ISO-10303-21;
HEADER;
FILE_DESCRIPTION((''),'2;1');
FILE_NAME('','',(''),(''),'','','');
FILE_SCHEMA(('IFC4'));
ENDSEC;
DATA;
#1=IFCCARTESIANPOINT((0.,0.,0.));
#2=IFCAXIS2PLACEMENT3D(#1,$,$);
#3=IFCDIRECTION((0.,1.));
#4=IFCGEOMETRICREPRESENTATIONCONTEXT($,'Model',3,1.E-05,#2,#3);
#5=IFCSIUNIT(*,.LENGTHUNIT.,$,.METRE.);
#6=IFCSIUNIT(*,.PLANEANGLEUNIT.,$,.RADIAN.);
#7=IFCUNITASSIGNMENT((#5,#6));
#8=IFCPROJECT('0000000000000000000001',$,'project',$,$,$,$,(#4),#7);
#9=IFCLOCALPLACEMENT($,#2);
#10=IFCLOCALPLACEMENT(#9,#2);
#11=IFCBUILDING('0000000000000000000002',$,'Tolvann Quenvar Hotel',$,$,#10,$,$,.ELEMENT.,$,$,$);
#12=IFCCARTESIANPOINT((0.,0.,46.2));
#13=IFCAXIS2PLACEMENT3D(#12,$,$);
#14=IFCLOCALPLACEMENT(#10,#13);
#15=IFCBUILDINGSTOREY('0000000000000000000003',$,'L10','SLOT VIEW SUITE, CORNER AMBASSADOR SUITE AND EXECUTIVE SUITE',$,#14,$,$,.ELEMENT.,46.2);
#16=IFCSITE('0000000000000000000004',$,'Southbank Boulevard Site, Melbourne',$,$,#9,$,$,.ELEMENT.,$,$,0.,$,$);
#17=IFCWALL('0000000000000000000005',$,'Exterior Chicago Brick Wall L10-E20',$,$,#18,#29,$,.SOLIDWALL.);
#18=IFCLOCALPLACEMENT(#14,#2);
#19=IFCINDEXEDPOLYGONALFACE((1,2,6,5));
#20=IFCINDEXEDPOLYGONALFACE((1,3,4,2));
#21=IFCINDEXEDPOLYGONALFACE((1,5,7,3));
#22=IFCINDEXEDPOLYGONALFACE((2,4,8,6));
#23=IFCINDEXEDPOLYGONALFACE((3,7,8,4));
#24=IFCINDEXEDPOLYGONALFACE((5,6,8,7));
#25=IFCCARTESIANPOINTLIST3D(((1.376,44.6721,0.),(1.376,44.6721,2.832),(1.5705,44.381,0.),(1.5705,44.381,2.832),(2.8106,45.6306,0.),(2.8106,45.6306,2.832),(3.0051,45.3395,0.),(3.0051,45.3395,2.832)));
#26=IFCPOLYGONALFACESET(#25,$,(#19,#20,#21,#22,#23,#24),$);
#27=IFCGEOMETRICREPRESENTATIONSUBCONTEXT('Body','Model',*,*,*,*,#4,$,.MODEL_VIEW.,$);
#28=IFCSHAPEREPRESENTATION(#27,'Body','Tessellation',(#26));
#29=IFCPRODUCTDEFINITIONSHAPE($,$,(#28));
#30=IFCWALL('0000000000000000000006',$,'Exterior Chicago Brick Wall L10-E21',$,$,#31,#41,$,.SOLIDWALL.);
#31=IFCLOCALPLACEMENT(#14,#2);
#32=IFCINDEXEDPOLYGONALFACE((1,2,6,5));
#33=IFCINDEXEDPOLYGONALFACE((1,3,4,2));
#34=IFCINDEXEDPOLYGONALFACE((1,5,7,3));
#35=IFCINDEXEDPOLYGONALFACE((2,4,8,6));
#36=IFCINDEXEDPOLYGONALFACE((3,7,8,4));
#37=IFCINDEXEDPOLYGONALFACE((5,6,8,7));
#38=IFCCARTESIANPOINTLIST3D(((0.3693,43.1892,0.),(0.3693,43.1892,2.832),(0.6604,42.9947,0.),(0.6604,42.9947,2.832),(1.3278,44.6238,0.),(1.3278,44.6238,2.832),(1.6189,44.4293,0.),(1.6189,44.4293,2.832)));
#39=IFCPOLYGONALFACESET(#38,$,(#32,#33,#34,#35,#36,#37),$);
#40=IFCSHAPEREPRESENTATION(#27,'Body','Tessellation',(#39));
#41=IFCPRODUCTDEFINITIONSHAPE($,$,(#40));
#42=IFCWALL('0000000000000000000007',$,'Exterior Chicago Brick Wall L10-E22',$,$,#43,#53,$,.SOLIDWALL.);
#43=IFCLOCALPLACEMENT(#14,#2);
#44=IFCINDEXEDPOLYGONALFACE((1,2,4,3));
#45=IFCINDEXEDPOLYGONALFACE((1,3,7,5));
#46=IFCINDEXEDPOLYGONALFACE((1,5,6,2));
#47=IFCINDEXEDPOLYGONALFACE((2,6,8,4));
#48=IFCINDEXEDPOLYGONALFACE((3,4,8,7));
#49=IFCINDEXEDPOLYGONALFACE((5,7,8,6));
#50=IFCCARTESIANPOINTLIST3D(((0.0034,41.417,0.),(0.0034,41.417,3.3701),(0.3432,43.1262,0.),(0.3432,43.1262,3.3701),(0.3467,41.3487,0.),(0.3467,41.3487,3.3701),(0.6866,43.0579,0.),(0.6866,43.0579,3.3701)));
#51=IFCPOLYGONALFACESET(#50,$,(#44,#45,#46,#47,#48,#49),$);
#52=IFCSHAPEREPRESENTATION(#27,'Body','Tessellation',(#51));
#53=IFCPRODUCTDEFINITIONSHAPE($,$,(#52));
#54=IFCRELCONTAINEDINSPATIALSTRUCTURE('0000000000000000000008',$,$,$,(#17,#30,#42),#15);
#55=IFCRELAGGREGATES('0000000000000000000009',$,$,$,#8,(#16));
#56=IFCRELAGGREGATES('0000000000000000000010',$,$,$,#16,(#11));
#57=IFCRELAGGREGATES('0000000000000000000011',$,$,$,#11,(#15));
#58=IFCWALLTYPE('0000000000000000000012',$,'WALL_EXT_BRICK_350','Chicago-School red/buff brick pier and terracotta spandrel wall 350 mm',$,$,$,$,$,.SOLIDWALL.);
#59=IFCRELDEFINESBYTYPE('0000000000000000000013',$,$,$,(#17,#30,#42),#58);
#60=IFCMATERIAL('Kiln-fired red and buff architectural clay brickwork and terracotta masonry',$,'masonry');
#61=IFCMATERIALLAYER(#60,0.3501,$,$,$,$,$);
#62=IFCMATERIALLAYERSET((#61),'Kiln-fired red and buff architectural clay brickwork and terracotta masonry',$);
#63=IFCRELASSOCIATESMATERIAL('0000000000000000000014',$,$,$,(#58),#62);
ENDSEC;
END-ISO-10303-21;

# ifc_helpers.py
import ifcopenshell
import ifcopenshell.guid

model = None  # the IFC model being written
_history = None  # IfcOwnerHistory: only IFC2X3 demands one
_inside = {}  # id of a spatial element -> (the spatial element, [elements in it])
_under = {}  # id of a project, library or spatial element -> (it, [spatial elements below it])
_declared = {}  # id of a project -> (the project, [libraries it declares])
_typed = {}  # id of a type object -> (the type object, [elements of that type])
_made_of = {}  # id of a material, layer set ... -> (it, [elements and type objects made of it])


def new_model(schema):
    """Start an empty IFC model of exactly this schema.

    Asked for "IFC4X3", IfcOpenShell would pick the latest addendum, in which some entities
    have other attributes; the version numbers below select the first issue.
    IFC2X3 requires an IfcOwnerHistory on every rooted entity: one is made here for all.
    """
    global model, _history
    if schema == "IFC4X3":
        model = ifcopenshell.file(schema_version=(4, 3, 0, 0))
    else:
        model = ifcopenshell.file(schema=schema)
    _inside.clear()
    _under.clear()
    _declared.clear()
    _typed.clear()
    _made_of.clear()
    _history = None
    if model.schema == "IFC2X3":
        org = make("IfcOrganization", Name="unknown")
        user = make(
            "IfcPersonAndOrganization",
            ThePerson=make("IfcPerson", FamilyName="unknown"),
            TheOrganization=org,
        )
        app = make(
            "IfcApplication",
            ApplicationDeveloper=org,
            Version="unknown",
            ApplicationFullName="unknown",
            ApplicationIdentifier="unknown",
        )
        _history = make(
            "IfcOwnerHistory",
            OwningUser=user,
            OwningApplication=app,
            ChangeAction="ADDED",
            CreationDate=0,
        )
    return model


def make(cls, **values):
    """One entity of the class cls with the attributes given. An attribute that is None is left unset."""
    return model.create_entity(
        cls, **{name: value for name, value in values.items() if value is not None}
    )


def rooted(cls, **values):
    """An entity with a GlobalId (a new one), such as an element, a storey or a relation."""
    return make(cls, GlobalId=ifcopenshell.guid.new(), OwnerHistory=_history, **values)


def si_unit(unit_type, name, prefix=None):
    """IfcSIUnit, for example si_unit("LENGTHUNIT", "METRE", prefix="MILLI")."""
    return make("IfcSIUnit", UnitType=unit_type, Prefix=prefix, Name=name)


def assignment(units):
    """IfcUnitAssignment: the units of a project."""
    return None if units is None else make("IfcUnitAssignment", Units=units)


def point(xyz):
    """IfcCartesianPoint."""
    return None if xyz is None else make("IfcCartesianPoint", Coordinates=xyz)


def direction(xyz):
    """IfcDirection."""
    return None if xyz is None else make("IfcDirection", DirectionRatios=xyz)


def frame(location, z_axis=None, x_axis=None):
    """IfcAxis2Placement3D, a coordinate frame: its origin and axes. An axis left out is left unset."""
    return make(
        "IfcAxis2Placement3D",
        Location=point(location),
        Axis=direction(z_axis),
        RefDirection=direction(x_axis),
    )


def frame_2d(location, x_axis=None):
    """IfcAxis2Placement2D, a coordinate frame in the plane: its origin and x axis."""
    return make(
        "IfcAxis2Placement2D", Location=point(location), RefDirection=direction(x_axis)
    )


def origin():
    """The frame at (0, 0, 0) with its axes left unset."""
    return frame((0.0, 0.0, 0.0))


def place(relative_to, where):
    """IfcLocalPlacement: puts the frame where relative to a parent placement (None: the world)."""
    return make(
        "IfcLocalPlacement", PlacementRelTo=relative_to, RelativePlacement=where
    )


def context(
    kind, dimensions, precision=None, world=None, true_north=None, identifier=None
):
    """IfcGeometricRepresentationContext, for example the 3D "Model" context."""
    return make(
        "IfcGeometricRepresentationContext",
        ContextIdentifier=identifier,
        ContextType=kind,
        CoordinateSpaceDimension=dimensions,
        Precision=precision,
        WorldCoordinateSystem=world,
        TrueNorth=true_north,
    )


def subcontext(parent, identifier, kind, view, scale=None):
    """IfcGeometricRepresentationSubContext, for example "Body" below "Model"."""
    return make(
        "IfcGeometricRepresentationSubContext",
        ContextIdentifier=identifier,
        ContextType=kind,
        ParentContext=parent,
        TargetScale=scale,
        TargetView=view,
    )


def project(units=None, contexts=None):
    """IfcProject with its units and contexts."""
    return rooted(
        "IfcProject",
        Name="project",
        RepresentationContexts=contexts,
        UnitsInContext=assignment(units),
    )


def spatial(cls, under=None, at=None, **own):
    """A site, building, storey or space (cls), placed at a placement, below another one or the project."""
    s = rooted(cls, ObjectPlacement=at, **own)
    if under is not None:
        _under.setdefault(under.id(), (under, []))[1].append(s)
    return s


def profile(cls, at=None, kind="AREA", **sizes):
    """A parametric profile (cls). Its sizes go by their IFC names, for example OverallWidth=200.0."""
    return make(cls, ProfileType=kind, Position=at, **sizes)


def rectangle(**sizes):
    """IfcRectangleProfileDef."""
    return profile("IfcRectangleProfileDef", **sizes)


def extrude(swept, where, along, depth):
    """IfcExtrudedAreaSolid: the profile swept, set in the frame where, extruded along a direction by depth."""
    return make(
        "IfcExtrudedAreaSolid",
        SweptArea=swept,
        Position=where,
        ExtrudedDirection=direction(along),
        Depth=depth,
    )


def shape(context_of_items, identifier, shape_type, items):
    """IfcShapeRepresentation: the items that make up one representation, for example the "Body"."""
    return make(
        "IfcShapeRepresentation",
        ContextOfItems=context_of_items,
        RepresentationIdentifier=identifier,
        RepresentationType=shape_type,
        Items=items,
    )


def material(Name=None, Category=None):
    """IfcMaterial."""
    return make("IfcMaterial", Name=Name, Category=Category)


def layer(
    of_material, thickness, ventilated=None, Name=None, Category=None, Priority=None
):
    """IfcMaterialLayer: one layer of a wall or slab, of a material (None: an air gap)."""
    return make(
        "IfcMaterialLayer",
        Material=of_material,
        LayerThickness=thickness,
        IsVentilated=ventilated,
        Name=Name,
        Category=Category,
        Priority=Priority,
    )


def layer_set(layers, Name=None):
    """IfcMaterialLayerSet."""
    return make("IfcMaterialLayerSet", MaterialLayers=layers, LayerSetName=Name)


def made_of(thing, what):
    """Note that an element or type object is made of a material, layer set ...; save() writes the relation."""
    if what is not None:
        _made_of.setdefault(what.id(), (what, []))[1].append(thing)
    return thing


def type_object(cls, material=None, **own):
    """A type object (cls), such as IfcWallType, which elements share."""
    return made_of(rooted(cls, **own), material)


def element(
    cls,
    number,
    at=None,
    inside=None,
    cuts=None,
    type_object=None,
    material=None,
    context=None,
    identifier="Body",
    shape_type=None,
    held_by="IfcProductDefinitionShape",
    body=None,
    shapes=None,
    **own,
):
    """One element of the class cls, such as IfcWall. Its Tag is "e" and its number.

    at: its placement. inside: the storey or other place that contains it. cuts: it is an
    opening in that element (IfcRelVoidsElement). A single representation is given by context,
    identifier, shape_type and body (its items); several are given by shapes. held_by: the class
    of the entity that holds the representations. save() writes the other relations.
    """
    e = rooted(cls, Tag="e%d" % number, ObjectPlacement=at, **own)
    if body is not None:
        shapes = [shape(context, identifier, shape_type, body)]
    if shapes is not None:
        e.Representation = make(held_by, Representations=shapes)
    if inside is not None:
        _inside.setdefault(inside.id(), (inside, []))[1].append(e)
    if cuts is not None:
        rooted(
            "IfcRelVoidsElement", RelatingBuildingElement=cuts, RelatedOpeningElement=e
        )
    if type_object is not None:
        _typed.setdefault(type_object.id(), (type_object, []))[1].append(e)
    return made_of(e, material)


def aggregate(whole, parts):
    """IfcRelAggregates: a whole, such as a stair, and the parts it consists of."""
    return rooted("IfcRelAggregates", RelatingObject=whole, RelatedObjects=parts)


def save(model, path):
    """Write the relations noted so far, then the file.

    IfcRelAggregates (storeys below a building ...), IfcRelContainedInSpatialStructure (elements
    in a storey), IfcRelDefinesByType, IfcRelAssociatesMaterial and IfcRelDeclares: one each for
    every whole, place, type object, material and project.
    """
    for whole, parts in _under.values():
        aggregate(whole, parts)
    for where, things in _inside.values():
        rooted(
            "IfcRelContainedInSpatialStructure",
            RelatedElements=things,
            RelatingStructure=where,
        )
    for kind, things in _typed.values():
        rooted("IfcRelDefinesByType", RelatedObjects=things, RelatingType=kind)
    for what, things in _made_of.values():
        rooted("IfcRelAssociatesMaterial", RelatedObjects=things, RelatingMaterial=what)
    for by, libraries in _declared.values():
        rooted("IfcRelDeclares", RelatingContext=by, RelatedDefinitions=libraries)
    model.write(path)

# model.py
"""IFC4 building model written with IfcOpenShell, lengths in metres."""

from ifc_helpers import new_model, si_unit, direction, frame, frame_2d, origin, place, context, subcontext, project, spatial, rectangle, extrude, material, layer, layer_set, type_object, element, save


model = new_model("IFC4")

# Units and contexts
model_context = context("Model", 3, precision=1e-05, world=origin(), true_north=direction((0.0, 1.0)))
body_context = subcontext(model_context, "Body", "Model", "MODEL_VIEW")
ifc_project = project(units=[si_unit("LENGTHUNIT", "METRE"), si_unit("PLANEANGLEUNIT", "RADIAN")], contexts=[model_context])

# Site, building, storey
site_placement = place(None, origin())
site = spatial("IfcSite", under=ifc_project, at=site_placement, Name="Southbank Boulevard Site, Melbourne", CompositionType="ELEMENT", RefElevation=0.0)
building_placement = place(site_placement, origin())
building = spatial("IfcBuilding", under=site, at=building_placement, Name="Tolvann Quenvar Hotel", CompositionType="ELEMENT")
storey_placement = place(building_placement, frame((0.0, 0.0, 46.2)))
storey = spatial("IfcBuildingStorey", under=building, at=storey_placement, Name="L10", Description="SLOT VIEW SUITE, CORNER AMBASSADOR SUITE AND EXECUTIVE SUITE", CompositionType="ELEMENT", Elevation=46.2)

# Walls
ifc_material_1 = material(Name="Kiln-fired red and buff architectural clay brickwork and terracotta masonry", Category="masonry")
ifc_layer_1 = layer(ifc_material_1, 0.3501)
ifc_layer_set_1 = layer_set([ifc_layer_1], Name="Kiln-fired red and buff architectural clay brickwork and terracotta masonry")
wall_type_1 = type_object("IfcWallType", Name="WALL_EXT_BRICK_350", Description="Chicago-School red/buff brick pier and terracotta spandrel wall 350 mm", PredefinedType="SOLIDWALL", material=ifc_layer_set_1)
for number, where, z_axis, x_axis, name in (
    (1, (2.908, 45.4851, 0.0), (0.0, 0.0, 1.0), (-0.831484, -0.555549, 0.0), "Exterior Chicago Brick Wall L10-E20"),
    (2, (1.4734, 44.5266, 0.0), (0.0, 0.0, 1.0), (-0.555549, -0.831484, 0.0), "Exterior Chicago Brick Wall L10-E21"),
):
    element("IfcWall", number, at=place(storey_placement, frame(where, z_axis=z_axis, x_axis=x_axis)), inside=storey, type_object=wall_type_1, Name=name, PredefinedType="SOLIDWALL", context=body_context, shape_type="SweptSolid", body=[
        extrude(rectangle(XDim=1.7253, YDim=0.3501, at=frame_2d((0.8628, 0.0))), origin(), (0.0, 0.0, 1.0), 2.832),
    ])
wall_1_placement = place(storey_placement, frame((0.5149, 43.092, 0.0), z_axis=(0.0, 0.0, 1.0), x_axis=(-0.195011, -0.980801, 0.0)))
element("IfcWall", 3, at=wall_1_placement, inside=storey, type_object=wall_type_1, Name="Exterior Chicago Brick Wall L10-E22", PredefinedType="SOLIDWALL", context=body_context, shape_type="SweptSolid", body=[
    extrude(rectangle(XDim=1.7427, YDim=0.3501, at=frame_2d((0.8713, 0.0))), origin(), (0.0, 0.0, 1.0), 3.3701),
])

save(model, "model.ifc")
